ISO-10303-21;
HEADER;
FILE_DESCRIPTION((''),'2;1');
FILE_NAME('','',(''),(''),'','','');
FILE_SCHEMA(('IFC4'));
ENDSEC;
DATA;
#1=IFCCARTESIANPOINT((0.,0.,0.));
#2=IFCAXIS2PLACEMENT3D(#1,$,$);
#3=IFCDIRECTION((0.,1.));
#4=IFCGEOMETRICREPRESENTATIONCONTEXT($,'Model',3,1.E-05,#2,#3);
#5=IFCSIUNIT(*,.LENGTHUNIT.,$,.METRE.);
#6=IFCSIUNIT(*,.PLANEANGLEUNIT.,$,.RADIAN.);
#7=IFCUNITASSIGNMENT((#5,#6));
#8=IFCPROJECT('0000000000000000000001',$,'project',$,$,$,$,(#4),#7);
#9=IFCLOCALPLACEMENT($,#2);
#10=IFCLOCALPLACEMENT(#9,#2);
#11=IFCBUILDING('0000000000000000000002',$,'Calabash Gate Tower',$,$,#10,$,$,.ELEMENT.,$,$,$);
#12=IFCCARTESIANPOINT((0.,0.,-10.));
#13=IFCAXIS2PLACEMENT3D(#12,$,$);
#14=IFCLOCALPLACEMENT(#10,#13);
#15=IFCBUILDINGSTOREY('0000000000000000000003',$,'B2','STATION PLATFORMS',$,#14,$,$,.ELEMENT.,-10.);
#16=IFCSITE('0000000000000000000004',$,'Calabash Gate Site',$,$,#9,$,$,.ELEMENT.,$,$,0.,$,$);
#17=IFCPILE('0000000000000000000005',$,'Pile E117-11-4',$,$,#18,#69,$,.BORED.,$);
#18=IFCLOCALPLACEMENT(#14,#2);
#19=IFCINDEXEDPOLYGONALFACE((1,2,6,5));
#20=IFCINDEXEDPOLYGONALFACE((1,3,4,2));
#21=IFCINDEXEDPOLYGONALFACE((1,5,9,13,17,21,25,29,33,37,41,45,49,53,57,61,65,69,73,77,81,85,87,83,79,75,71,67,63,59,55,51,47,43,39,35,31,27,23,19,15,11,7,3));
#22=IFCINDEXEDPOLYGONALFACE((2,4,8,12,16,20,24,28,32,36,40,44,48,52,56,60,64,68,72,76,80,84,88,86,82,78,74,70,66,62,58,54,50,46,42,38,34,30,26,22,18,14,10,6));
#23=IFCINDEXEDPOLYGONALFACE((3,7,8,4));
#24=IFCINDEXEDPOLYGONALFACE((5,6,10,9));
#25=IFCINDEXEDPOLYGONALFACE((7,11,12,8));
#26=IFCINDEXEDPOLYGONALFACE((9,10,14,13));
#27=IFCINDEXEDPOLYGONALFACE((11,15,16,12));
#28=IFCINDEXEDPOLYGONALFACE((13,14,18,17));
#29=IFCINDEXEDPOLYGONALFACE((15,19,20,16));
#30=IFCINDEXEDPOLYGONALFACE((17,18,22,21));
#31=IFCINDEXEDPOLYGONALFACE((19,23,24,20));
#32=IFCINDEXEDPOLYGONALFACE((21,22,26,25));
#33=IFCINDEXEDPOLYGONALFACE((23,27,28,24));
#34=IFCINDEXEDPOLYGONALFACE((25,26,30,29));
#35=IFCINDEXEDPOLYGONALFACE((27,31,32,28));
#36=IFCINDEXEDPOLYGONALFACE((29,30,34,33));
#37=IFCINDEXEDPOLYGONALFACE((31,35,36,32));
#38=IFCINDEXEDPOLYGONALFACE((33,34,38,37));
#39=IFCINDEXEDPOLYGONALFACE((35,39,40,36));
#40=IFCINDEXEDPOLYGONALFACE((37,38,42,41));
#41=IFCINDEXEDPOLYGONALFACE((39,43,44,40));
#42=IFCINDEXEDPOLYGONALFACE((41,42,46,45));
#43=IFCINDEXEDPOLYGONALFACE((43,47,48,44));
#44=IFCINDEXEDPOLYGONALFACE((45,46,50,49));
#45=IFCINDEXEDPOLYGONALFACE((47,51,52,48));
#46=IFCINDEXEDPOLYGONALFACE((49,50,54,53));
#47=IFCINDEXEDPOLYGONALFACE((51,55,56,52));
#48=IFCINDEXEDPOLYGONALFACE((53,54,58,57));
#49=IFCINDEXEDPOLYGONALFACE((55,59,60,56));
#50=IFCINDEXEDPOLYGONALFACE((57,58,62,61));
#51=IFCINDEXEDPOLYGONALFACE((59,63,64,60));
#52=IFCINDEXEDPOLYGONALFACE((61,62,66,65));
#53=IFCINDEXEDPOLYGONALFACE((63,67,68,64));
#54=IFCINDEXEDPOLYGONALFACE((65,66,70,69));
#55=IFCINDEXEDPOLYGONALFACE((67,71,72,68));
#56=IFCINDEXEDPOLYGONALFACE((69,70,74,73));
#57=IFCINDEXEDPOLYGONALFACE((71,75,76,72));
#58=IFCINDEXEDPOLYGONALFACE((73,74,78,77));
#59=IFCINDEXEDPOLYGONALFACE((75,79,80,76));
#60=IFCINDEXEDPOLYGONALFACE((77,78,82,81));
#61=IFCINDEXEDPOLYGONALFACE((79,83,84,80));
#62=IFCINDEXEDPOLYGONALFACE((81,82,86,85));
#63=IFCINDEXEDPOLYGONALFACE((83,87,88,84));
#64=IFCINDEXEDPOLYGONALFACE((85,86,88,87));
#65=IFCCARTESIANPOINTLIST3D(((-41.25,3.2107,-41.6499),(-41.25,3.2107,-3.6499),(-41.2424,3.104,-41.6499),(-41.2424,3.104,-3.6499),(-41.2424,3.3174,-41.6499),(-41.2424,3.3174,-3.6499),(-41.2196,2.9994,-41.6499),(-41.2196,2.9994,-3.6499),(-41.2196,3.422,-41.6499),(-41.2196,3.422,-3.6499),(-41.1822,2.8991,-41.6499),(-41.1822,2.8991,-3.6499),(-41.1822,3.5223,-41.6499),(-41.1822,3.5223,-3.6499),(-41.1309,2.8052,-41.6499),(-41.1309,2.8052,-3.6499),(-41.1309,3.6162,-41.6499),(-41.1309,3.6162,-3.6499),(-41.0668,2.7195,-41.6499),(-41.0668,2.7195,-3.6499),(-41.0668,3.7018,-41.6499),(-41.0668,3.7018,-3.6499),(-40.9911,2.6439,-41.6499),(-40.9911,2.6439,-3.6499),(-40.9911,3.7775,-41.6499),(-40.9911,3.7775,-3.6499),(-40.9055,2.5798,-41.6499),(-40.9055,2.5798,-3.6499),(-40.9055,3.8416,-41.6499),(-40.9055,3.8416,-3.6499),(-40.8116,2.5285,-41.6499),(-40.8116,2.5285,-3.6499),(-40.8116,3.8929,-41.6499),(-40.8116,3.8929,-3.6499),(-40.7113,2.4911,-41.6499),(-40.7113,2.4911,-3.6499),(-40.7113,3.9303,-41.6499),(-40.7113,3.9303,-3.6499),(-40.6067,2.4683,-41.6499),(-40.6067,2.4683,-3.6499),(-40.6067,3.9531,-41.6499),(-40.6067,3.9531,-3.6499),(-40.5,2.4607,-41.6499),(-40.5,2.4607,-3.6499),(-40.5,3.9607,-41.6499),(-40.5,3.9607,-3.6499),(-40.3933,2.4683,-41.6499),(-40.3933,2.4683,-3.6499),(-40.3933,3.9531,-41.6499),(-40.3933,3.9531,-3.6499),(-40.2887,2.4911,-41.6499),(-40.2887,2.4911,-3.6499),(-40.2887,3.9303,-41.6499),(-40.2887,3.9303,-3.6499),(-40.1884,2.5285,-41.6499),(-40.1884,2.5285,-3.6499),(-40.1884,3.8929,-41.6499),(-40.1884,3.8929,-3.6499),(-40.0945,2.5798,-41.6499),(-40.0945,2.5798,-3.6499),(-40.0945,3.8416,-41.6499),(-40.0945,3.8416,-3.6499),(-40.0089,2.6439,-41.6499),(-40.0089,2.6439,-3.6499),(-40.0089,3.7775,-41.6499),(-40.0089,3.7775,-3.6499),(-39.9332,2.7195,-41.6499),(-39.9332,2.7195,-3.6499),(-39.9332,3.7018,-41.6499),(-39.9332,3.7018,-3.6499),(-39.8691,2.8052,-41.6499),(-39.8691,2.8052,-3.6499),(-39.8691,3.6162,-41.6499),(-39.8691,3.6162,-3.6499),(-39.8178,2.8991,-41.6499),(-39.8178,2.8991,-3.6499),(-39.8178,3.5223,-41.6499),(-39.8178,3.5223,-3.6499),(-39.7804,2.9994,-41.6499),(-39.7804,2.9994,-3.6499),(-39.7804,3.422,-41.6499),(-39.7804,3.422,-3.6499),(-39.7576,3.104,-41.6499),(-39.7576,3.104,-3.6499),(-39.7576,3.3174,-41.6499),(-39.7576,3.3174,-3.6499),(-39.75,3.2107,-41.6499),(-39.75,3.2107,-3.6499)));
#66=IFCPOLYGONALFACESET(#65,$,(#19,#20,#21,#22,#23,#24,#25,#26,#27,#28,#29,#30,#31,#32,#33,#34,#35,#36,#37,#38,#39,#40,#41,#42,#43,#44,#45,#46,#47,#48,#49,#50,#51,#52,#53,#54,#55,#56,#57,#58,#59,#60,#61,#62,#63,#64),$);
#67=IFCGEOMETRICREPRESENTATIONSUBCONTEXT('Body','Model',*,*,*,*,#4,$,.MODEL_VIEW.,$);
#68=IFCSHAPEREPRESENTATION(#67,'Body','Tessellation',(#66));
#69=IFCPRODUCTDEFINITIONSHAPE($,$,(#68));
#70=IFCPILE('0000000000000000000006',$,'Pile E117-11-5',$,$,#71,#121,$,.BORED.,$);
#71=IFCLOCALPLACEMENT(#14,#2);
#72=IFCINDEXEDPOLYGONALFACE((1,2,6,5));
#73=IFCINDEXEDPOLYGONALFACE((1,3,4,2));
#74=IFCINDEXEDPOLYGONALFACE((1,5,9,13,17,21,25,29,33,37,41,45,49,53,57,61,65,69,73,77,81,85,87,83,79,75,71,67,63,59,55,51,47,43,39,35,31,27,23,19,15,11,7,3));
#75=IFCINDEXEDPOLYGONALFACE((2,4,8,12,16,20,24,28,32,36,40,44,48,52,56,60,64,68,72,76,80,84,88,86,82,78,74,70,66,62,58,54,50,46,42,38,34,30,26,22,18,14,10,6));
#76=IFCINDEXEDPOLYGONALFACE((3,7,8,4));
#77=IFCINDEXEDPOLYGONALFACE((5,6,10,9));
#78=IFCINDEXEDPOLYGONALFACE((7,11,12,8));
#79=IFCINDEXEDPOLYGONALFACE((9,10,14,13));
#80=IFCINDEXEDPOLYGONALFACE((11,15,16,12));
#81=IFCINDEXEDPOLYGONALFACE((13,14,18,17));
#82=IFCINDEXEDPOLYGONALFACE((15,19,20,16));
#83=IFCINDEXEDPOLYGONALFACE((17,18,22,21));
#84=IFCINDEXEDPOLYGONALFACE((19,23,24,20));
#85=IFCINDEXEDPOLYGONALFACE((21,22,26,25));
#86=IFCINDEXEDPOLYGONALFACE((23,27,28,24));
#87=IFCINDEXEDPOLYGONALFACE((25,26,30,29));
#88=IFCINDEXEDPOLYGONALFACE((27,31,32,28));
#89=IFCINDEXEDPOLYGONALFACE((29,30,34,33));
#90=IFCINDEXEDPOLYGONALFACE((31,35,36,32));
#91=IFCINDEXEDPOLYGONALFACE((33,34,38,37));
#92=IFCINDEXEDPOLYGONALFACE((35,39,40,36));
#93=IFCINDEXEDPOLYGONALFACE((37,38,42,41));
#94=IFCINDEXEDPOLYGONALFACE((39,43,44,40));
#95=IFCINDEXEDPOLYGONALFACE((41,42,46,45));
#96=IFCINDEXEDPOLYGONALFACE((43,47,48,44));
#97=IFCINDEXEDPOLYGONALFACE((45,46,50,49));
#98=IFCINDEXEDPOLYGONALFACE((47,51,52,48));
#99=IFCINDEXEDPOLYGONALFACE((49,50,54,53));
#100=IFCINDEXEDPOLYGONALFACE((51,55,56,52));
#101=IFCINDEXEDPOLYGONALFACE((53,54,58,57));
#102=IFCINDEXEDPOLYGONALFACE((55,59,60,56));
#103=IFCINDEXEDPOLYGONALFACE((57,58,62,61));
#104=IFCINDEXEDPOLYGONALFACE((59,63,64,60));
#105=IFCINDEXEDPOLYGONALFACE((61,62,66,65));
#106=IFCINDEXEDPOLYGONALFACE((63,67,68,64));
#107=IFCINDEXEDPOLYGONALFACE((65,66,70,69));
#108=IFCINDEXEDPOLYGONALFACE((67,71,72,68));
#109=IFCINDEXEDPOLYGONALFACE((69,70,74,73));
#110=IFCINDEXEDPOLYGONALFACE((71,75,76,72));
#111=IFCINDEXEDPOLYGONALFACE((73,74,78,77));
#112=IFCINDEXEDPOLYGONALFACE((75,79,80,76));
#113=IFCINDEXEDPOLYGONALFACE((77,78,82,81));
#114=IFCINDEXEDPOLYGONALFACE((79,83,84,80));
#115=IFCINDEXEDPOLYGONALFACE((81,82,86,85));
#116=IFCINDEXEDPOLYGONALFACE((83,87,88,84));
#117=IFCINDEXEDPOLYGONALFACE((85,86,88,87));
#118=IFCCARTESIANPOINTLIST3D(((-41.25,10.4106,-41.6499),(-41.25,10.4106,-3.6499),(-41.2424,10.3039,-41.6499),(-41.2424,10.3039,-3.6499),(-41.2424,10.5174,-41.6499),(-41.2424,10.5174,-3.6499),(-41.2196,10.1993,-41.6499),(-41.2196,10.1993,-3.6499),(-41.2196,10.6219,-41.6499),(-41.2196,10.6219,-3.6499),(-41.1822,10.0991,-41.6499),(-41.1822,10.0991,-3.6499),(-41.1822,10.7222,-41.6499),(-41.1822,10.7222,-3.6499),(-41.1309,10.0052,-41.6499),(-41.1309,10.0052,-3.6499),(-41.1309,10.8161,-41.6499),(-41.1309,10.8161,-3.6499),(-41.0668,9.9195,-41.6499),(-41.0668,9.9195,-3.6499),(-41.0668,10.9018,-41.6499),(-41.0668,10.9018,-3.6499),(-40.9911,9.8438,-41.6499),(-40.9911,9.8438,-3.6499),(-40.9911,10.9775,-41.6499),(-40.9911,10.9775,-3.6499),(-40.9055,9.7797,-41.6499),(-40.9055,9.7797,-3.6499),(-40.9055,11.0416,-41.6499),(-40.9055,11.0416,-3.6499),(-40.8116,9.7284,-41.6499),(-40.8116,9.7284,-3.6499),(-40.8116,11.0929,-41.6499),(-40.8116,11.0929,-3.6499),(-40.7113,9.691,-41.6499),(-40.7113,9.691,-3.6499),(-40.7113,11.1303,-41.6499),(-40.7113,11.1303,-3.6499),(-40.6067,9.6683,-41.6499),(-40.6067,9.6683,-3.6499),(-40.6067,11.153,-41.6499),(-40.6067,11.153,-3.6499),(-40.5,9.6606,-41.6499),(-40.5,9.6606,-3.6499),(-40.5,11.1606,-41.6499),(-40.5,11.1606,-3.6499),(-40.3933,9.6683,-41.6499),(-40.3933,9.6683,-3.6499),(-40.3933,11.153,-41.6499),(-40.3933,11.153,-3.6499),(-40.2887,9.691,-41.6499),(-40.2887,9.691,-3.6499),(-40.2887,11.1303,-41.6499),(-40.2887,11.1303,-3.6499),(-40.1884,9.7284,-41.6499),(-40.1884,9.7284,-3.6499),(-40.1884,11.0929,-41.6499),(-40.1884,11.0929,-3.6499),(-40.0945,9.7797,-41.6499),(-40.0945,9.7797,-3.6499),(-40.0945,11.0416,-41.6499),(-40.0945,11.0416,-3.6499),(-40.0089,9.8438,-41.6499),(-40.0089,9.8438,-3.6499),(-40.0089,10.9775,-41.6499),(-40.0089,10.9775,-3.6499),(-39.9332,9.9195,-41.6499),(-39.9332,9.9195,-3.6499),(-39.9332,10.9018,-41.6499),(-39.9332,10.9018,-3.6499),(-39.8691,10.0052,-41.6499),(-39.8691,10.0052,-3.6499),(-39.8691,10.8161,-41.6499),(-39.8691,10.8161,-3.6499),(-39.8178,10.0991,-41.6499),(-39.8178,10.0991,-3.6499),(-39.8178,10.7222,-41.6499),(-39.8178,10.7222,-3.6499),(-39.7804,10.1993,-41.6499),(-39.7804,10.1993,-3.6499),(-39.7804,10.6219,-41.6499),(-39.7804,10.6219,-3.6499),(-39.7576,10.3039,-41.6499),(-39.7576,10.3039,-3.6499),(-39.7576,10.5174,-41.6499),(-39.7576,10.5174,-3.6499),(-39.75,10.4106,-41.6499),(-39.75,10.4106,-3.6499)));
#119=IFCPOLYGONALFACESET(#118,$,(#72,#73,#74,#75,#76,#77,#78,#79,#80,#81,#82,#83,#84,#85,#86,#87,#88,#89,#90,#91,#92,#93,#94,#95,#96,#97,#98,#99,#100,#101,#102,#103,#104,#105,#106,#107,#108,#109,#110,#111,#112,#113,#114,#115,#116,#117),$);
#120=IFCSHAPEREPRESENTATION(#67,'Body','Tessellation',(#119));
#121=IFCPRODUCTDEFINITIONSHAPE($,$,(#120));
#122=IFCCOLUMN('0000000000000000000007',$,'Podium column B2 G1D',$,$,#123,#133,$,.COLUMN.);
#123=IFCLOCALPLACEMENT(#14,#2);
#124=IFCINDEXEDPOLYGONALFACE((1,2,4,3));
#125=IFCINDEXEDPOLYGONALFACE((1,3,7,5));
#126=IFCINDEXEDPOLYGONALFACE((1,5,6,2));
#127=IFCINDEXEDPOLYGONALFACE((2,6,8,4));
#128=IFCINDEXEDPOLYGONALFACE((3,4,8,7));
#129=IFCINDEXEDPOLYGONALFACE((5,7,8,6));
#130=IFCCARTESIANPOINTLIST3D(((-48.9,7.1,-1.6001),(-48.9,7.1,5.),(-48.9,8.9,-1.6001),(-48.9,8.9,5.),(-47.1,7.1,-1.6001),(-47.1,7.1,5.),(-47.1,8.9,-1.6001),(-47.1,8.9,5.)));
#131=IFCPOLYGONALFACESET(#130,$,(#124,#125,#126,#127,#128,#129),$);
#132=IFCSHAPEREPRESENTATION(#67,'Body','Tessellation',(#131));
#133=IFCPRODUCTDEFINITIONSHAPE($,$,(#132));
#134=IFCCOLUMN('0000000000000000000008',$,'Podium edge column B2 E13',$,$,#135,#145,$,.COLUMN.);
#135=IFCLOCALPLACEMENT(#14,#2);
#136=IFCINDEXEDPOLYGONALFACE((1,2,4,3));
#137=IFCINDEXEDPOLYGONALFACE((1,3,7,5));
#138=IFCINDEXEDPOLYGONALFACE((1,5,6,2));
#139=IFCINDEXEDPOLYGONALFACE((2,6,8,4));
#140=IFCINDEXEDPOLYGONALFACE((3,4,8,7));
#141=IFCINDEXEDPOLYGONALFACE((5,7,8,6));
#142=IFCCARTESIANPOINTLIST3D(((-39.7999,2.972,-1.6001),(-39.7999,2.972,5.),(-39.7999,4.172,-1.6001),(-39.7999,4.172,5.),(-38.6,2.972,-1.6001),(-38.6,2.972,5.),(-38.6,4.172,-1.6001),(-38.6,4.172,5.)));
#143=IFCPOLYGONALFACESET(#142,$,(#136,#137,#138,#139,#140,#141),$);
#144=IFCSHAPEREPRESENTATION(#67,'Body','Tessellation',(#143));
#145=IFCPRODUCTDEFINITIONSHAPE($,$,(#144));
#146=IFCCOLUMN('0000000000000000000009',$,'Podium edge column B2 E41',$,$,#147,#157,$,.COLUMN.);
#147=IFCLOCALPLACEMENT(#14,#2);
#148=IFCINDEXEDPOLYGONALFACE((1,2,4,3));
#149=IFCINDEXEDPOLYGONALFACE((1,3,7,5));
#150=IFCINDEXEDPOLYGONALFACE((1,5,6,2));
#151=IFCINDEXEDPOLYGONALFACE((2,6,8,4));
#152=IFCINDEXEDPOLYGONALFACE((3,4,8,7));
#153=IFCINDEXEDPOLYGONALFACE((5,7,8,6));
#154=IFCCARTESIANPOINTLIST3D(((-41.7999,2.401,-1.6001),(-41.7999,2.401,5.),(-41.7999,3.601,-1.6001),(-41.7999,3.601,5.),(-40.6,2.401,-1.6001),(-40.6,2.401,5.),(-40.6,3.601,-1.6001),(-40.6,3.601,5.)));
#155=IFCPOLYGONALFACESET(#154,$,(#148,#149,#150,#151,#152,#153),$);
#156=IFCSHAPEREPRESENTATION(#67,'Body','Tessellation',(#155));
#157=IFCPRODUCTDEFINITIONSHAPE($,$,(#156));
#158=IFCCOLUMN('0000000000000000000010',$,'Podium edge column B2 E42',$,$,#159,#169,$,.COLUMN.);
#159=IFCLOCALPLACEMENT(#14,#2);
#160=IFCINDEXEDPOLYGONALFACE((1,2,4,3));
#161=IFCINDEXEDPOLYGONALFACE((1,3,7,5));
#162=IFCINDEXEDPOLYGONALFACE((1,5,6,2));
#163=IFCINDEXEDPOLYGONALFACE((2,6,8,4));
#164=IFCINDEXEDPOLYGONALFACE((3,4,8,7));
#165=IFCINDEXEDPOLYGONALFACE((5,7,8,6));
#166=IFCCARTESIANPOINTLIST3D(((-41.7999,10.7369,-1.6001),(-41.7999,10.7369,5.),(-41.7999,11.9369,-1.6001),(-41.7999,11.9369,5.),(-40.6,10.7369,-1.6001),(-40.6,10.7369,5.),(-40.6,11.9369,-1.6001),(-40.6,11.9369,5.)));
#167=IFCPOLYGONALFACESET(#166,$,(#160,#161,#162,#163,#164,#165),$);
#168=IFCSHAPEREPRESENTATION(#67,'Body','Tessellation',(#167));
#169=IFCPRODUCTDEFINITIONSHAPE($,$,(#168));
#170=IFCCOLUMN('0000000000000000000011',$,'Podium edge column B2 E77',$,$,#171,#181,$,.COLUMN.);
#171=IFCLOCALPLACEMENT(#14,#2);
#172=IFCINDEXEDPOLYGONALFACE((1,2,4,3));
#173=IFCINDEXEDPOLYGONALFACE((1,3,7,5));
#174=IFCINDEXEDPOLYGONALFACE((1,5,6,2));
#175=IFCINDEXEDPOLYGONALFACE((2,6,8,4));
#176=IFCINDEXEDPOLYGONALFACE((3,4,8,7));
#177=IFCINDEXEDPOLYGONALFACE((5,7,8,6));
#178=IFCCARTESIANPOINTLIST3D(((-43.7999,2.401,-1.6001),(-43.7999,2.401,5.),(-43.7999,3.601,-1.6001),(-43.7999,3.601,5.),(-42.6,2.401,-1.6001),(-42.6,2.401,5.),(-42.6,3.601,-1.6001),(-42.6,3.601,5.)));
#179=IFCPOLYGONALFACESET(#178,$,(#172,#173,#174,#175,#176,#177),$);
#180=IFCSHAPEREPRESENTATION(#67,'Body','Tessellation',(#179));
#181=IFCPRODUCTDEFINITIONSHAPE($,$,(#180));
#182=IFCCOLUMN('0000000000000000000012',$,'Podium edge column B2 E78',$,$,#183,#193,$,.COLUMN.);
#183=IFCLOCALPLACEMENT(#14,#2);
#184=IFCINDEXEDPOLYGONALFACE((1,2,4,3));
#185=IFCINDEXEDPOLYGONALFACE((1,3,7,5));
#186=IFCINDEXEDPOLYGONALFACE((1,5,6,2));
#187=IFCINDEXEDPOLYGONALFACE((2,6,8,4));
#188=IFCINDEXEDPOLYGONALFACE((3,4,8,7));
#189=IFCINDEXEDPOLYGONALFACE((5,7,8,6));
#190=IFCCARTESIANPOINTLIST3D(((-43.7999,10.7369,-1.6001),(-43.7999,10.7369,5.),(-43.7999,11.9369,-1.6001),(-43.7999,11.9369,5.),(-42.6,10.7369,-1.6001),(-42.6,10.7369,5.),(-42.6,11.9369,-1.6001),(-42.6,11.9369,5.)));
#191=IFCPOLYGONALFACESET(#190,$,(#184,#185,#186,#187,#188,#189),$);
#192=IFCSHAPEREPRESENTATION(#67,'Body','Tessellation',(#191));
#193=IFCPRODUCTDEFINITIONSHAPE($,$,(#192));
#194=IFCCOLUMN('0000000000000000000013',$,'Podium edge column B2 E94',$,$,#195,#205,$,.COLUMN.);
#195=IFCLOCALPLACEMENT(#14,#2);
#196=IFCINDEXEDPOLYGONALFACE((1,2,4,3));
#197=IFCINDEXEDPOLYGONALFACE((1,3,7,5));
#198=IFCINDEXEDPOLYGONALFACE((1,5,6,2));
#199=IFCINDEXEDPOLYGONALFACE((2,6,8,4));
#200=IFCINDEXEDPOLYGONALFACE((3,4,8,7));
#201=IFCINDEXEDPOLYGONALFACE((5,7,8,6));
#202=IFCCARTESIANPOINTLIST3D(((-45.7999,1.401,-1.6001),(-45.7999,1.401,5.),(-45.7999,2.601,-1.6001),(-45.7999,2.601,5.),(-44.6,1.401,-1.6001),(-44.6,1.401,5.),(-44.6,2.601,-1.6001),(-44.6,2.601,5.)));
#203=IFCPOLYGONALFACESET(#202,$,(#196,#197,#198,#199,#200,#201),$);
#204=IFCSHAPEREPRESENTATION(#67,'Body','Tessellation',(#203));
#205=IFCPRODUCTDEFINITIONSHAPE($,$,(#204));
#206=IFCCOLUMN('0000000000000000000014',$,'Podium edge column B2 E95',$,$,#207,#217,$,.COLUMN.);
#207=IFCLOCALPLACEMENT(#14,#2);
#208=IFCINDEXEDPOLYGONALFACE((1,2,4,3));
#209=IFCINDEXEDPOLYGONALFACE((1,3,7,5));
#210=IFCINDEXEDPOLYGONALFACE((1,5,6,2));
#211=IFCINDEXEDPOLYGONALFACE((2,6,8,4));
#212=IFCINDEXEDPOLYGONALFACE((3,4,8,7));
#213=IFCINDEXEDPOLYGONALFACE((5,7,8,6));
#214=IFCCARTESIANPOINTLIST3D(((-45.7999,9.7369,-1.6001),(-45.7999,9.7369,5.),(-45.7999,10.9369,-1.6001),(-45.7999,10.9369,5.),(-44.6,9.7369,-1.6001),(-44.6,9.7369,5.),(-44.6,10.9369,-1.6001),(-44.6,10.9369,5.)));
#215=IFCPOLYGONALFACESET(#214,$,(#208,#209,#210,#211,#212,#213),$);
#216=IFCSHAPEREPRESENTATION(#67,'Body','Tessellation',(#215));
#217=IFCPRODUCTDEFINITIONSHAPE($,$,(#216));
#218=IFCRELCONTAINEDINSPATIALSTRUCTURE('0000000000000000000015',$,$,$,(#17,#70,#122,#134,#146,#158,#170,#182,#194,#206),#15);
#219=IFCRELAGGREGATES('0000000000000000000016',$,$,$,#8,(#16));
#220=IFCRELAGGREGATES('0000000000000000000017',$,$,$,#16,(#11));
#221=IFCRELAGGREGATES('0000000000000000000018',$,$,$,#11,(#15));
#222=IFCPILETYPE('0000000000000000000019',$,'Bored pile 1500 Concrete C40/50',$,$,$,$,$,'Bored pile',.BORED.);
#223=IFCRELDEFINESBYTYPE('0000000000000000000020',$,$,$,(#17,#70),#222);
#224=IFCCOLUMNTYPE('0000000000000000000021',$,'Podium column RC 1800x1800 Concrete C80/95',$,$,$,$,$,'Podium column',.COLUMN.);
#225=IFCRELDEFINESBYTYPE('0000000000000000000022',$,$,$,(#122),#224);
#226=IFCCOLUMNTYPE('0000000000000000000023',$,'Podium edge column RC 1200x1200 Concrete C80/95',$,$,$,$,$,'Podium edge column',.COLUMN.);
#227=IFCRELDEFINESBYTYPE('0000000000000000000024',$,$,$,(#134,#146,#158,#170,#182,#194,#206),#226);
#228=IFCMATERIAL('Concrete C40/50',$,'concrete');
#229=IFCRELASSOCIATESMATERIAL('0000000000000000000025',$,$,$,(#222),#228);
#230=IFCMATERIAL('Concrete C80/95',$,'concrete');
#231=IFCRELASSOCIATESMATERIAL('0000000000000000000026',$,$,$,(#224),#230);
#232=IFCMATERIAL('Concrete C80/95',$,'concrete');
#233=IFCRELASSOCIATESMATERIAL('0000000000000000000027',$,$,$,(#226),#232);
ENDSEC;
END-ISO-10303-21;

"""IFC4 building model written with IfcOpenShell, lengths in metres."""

from ifc_helpers import new_model, si_unit, direction, frame, origin, origin_2d, place, context, subcontext, project, spatial, rectangle, circle, extrude, material, material_profile, profile_set, type_object, element, save


model = new_model("IFC4")

# Units and contexts
model_context = context("Model", 3, precision=1e-05, world=origin(), true_north=direction((0.0, 1.0)))
body_context = subcontext(model_context, "Body", "Model", "MODEL_VIEW")
ifc_project = project(units=[si_unit("LENGTHUNIT", "METRE"), si_unit("PLANEANGLEUNIT", "RADIAN")], contexts=[model_context])

# Site, building, storey
site_placement = place(None, origin())
site = spatial("IfcSite", under=ifc_project, at=site_placement, Name="Calabash Gate Site", CompositionType="ELEMENT", RefElevation=0.0)
building_placement = place(site_placement, origin())
building = spatial("IfcBuilding", under=site, at=building_placement, Name="Calabash Gate Tower", CompositionType="ELEMENT")
storey_placement = place(building_placement, frame((0.0, 0.0, -10.0)))
storey = spatial("IfcBuildingStorey", under=building, at=storey_placement, Name="B2", Description="STATION PLATFORMS", CompositionType="ELEMENT", Elevation=-10.0)

# Piles
ifc_material_1 = material(Name="Concrete C40/50", Category="concrete")
ifc_material_profile_1 = material_profile(ifc_material_1, circle(Radius=0.75, at=origin_2d()))
ifc_profile_set_1 = profile_set([ifc_material_profile_1], Name="Concrete C40/50")
pile_type = type_object("IfcPileType", Name="Bored pile 1500 Concrete C40/50", ElementType="Bored pile", PredefinedType="BORED", material=ifc_profile_set_1)
for number, where, z_axis, x_axis, name in (
    (1, (-40.5, 3.2107, -3.6499), (0.0, 0.0, -1.0), (1.0, 0.0, 0.0), "Pile E117-11-4"),
    (2, (-40.5, 10.4106, -3.6499), (0.0, 0.0, -1.0), (1.0, 0.0, 0.0), "Pile E117-11-5"),
):
    element("IfcPile", number, at=place(storey_placement, frame(where, z_axis=z_axis, x_axis=x_axis)), inside=storey, type_object=pile_type, Name=name, PredefinedType="BORED", context=body_context, shape_type="SweptSolid", body=[
        extrude(circle(Radius=0.75, at=origin_2d()), origin(), (0.0, 0.0, 1.0), 38.0),
    ])

# Columns
ifc_material_2 = material(Name="Concrete C80/95", Category="concrete")
ifc_material_profile_2 = material_profile(ifc_material_2, rectangle(XDim=1.8, YDim=1.8, at=origin_2d()))
ifc_profile_set_2 = profile_set([ifc_material_profile_2], Name="Concrete C80/95")
column_type_1 = type_object("IfcColumnType", Name="Podium column RC 1800x1800 Concrete C80/95", ElementType="Podium column", PredefinedType="COLUMN", material=ifc_profile_set_2)
column_placement = place(storey_placement, frame((-48.0, 8.0, -1.6001), z_axis=(0.0, 0.0, 1.0), x_axis=(1.0, 0.0, 0.0)))
element("IfcColumn", 3, at=column_placement, inside=storey, type_object=column_type_1, Name="Podium column B2 G1D", PredefinedType="COLUMN", context=body_context, shape_type="SweptSolid", body=[
    extrude(rectangle(XDim=1.8, YDim=1.8, at=origin_2d()), origin(), (0.0, 0.0, 1.0), 6.6001),
])
ifc_material_3 = material(Name="Concrete C80/95", Category="concrete")
ifc_material_profile_3 = material_profile(ifc_material_3, rectangle(XDim=1.2, YDim=1.2, at=origin_2d()))
ifc_profile_set_3 = profile_set([ifc_material_profile_3], Name="Concrete C80/95")
column_type_2 = type_object("IfcColumnType", Name="Podium edge column RC 1200x1200 Concrete C80/95", ElementType="Podium edge column", PredefinedType="COLUMN", material=ifc_profile_set_3)
for number, where, z_axis, x_axis, name in (
    (4, (-39.2, 3.572, -1.6001), (0.0, 0.0, 1.0), (1.0, 0.0, 0.0), "Podium edge column B2 E13"),
    (5, (-41.2, 3.001, -1.6001), (0.0, 0.0, 1.0), (1.0, 0.0, 0.0), "Podium edge column B2 E41"),
    (6, (-41.2, 11.3369, -1.6001), (0.0, 0.0, 1.0), (1.0, 0.0, 0.0), "Podium edge column B2 E42"),
    (7, (-43.2, 3.001, -1.6001), (0.0, 0.0, 1.0), (1.0, 0.0, 0.0), "Podium edge column B2 E77"),
    (8, (-43.2, 11.3369, -1.6001), (0.0, 0.0, 1.0), (1.0, 0.0, 0.0), "Podium edge column B2 E78"),
    (9, (-45.2, 2.001, -1.6001), (0.0, 0.0, 1.0), (1.0, 0.0, 0.0), "Podium edge column B2 E94"),
    (10, (-45.2, 10.3369, -1.6001), (0.0, 0.0, 1.0), (1.0, 0.0, 0.0), "Podium edge column B2 E95"),
):
    element("IfcColumn", number, at=place(storey_placement, frame(where, z_axis=z_axis, x_axis=x_axis)), inside=storey, type_object=column_type_2, Name=name, PredefinedType="COLUMN", context=body_context, shape_type="SweptSolid", body=[
        extrude(rectangle(XDim=1.2, YDim=1.2, at=origin_2d()), origin(), (0.0, 0.0, 1.0), 6.6001),
    ])

save(model, "model.ifc")
